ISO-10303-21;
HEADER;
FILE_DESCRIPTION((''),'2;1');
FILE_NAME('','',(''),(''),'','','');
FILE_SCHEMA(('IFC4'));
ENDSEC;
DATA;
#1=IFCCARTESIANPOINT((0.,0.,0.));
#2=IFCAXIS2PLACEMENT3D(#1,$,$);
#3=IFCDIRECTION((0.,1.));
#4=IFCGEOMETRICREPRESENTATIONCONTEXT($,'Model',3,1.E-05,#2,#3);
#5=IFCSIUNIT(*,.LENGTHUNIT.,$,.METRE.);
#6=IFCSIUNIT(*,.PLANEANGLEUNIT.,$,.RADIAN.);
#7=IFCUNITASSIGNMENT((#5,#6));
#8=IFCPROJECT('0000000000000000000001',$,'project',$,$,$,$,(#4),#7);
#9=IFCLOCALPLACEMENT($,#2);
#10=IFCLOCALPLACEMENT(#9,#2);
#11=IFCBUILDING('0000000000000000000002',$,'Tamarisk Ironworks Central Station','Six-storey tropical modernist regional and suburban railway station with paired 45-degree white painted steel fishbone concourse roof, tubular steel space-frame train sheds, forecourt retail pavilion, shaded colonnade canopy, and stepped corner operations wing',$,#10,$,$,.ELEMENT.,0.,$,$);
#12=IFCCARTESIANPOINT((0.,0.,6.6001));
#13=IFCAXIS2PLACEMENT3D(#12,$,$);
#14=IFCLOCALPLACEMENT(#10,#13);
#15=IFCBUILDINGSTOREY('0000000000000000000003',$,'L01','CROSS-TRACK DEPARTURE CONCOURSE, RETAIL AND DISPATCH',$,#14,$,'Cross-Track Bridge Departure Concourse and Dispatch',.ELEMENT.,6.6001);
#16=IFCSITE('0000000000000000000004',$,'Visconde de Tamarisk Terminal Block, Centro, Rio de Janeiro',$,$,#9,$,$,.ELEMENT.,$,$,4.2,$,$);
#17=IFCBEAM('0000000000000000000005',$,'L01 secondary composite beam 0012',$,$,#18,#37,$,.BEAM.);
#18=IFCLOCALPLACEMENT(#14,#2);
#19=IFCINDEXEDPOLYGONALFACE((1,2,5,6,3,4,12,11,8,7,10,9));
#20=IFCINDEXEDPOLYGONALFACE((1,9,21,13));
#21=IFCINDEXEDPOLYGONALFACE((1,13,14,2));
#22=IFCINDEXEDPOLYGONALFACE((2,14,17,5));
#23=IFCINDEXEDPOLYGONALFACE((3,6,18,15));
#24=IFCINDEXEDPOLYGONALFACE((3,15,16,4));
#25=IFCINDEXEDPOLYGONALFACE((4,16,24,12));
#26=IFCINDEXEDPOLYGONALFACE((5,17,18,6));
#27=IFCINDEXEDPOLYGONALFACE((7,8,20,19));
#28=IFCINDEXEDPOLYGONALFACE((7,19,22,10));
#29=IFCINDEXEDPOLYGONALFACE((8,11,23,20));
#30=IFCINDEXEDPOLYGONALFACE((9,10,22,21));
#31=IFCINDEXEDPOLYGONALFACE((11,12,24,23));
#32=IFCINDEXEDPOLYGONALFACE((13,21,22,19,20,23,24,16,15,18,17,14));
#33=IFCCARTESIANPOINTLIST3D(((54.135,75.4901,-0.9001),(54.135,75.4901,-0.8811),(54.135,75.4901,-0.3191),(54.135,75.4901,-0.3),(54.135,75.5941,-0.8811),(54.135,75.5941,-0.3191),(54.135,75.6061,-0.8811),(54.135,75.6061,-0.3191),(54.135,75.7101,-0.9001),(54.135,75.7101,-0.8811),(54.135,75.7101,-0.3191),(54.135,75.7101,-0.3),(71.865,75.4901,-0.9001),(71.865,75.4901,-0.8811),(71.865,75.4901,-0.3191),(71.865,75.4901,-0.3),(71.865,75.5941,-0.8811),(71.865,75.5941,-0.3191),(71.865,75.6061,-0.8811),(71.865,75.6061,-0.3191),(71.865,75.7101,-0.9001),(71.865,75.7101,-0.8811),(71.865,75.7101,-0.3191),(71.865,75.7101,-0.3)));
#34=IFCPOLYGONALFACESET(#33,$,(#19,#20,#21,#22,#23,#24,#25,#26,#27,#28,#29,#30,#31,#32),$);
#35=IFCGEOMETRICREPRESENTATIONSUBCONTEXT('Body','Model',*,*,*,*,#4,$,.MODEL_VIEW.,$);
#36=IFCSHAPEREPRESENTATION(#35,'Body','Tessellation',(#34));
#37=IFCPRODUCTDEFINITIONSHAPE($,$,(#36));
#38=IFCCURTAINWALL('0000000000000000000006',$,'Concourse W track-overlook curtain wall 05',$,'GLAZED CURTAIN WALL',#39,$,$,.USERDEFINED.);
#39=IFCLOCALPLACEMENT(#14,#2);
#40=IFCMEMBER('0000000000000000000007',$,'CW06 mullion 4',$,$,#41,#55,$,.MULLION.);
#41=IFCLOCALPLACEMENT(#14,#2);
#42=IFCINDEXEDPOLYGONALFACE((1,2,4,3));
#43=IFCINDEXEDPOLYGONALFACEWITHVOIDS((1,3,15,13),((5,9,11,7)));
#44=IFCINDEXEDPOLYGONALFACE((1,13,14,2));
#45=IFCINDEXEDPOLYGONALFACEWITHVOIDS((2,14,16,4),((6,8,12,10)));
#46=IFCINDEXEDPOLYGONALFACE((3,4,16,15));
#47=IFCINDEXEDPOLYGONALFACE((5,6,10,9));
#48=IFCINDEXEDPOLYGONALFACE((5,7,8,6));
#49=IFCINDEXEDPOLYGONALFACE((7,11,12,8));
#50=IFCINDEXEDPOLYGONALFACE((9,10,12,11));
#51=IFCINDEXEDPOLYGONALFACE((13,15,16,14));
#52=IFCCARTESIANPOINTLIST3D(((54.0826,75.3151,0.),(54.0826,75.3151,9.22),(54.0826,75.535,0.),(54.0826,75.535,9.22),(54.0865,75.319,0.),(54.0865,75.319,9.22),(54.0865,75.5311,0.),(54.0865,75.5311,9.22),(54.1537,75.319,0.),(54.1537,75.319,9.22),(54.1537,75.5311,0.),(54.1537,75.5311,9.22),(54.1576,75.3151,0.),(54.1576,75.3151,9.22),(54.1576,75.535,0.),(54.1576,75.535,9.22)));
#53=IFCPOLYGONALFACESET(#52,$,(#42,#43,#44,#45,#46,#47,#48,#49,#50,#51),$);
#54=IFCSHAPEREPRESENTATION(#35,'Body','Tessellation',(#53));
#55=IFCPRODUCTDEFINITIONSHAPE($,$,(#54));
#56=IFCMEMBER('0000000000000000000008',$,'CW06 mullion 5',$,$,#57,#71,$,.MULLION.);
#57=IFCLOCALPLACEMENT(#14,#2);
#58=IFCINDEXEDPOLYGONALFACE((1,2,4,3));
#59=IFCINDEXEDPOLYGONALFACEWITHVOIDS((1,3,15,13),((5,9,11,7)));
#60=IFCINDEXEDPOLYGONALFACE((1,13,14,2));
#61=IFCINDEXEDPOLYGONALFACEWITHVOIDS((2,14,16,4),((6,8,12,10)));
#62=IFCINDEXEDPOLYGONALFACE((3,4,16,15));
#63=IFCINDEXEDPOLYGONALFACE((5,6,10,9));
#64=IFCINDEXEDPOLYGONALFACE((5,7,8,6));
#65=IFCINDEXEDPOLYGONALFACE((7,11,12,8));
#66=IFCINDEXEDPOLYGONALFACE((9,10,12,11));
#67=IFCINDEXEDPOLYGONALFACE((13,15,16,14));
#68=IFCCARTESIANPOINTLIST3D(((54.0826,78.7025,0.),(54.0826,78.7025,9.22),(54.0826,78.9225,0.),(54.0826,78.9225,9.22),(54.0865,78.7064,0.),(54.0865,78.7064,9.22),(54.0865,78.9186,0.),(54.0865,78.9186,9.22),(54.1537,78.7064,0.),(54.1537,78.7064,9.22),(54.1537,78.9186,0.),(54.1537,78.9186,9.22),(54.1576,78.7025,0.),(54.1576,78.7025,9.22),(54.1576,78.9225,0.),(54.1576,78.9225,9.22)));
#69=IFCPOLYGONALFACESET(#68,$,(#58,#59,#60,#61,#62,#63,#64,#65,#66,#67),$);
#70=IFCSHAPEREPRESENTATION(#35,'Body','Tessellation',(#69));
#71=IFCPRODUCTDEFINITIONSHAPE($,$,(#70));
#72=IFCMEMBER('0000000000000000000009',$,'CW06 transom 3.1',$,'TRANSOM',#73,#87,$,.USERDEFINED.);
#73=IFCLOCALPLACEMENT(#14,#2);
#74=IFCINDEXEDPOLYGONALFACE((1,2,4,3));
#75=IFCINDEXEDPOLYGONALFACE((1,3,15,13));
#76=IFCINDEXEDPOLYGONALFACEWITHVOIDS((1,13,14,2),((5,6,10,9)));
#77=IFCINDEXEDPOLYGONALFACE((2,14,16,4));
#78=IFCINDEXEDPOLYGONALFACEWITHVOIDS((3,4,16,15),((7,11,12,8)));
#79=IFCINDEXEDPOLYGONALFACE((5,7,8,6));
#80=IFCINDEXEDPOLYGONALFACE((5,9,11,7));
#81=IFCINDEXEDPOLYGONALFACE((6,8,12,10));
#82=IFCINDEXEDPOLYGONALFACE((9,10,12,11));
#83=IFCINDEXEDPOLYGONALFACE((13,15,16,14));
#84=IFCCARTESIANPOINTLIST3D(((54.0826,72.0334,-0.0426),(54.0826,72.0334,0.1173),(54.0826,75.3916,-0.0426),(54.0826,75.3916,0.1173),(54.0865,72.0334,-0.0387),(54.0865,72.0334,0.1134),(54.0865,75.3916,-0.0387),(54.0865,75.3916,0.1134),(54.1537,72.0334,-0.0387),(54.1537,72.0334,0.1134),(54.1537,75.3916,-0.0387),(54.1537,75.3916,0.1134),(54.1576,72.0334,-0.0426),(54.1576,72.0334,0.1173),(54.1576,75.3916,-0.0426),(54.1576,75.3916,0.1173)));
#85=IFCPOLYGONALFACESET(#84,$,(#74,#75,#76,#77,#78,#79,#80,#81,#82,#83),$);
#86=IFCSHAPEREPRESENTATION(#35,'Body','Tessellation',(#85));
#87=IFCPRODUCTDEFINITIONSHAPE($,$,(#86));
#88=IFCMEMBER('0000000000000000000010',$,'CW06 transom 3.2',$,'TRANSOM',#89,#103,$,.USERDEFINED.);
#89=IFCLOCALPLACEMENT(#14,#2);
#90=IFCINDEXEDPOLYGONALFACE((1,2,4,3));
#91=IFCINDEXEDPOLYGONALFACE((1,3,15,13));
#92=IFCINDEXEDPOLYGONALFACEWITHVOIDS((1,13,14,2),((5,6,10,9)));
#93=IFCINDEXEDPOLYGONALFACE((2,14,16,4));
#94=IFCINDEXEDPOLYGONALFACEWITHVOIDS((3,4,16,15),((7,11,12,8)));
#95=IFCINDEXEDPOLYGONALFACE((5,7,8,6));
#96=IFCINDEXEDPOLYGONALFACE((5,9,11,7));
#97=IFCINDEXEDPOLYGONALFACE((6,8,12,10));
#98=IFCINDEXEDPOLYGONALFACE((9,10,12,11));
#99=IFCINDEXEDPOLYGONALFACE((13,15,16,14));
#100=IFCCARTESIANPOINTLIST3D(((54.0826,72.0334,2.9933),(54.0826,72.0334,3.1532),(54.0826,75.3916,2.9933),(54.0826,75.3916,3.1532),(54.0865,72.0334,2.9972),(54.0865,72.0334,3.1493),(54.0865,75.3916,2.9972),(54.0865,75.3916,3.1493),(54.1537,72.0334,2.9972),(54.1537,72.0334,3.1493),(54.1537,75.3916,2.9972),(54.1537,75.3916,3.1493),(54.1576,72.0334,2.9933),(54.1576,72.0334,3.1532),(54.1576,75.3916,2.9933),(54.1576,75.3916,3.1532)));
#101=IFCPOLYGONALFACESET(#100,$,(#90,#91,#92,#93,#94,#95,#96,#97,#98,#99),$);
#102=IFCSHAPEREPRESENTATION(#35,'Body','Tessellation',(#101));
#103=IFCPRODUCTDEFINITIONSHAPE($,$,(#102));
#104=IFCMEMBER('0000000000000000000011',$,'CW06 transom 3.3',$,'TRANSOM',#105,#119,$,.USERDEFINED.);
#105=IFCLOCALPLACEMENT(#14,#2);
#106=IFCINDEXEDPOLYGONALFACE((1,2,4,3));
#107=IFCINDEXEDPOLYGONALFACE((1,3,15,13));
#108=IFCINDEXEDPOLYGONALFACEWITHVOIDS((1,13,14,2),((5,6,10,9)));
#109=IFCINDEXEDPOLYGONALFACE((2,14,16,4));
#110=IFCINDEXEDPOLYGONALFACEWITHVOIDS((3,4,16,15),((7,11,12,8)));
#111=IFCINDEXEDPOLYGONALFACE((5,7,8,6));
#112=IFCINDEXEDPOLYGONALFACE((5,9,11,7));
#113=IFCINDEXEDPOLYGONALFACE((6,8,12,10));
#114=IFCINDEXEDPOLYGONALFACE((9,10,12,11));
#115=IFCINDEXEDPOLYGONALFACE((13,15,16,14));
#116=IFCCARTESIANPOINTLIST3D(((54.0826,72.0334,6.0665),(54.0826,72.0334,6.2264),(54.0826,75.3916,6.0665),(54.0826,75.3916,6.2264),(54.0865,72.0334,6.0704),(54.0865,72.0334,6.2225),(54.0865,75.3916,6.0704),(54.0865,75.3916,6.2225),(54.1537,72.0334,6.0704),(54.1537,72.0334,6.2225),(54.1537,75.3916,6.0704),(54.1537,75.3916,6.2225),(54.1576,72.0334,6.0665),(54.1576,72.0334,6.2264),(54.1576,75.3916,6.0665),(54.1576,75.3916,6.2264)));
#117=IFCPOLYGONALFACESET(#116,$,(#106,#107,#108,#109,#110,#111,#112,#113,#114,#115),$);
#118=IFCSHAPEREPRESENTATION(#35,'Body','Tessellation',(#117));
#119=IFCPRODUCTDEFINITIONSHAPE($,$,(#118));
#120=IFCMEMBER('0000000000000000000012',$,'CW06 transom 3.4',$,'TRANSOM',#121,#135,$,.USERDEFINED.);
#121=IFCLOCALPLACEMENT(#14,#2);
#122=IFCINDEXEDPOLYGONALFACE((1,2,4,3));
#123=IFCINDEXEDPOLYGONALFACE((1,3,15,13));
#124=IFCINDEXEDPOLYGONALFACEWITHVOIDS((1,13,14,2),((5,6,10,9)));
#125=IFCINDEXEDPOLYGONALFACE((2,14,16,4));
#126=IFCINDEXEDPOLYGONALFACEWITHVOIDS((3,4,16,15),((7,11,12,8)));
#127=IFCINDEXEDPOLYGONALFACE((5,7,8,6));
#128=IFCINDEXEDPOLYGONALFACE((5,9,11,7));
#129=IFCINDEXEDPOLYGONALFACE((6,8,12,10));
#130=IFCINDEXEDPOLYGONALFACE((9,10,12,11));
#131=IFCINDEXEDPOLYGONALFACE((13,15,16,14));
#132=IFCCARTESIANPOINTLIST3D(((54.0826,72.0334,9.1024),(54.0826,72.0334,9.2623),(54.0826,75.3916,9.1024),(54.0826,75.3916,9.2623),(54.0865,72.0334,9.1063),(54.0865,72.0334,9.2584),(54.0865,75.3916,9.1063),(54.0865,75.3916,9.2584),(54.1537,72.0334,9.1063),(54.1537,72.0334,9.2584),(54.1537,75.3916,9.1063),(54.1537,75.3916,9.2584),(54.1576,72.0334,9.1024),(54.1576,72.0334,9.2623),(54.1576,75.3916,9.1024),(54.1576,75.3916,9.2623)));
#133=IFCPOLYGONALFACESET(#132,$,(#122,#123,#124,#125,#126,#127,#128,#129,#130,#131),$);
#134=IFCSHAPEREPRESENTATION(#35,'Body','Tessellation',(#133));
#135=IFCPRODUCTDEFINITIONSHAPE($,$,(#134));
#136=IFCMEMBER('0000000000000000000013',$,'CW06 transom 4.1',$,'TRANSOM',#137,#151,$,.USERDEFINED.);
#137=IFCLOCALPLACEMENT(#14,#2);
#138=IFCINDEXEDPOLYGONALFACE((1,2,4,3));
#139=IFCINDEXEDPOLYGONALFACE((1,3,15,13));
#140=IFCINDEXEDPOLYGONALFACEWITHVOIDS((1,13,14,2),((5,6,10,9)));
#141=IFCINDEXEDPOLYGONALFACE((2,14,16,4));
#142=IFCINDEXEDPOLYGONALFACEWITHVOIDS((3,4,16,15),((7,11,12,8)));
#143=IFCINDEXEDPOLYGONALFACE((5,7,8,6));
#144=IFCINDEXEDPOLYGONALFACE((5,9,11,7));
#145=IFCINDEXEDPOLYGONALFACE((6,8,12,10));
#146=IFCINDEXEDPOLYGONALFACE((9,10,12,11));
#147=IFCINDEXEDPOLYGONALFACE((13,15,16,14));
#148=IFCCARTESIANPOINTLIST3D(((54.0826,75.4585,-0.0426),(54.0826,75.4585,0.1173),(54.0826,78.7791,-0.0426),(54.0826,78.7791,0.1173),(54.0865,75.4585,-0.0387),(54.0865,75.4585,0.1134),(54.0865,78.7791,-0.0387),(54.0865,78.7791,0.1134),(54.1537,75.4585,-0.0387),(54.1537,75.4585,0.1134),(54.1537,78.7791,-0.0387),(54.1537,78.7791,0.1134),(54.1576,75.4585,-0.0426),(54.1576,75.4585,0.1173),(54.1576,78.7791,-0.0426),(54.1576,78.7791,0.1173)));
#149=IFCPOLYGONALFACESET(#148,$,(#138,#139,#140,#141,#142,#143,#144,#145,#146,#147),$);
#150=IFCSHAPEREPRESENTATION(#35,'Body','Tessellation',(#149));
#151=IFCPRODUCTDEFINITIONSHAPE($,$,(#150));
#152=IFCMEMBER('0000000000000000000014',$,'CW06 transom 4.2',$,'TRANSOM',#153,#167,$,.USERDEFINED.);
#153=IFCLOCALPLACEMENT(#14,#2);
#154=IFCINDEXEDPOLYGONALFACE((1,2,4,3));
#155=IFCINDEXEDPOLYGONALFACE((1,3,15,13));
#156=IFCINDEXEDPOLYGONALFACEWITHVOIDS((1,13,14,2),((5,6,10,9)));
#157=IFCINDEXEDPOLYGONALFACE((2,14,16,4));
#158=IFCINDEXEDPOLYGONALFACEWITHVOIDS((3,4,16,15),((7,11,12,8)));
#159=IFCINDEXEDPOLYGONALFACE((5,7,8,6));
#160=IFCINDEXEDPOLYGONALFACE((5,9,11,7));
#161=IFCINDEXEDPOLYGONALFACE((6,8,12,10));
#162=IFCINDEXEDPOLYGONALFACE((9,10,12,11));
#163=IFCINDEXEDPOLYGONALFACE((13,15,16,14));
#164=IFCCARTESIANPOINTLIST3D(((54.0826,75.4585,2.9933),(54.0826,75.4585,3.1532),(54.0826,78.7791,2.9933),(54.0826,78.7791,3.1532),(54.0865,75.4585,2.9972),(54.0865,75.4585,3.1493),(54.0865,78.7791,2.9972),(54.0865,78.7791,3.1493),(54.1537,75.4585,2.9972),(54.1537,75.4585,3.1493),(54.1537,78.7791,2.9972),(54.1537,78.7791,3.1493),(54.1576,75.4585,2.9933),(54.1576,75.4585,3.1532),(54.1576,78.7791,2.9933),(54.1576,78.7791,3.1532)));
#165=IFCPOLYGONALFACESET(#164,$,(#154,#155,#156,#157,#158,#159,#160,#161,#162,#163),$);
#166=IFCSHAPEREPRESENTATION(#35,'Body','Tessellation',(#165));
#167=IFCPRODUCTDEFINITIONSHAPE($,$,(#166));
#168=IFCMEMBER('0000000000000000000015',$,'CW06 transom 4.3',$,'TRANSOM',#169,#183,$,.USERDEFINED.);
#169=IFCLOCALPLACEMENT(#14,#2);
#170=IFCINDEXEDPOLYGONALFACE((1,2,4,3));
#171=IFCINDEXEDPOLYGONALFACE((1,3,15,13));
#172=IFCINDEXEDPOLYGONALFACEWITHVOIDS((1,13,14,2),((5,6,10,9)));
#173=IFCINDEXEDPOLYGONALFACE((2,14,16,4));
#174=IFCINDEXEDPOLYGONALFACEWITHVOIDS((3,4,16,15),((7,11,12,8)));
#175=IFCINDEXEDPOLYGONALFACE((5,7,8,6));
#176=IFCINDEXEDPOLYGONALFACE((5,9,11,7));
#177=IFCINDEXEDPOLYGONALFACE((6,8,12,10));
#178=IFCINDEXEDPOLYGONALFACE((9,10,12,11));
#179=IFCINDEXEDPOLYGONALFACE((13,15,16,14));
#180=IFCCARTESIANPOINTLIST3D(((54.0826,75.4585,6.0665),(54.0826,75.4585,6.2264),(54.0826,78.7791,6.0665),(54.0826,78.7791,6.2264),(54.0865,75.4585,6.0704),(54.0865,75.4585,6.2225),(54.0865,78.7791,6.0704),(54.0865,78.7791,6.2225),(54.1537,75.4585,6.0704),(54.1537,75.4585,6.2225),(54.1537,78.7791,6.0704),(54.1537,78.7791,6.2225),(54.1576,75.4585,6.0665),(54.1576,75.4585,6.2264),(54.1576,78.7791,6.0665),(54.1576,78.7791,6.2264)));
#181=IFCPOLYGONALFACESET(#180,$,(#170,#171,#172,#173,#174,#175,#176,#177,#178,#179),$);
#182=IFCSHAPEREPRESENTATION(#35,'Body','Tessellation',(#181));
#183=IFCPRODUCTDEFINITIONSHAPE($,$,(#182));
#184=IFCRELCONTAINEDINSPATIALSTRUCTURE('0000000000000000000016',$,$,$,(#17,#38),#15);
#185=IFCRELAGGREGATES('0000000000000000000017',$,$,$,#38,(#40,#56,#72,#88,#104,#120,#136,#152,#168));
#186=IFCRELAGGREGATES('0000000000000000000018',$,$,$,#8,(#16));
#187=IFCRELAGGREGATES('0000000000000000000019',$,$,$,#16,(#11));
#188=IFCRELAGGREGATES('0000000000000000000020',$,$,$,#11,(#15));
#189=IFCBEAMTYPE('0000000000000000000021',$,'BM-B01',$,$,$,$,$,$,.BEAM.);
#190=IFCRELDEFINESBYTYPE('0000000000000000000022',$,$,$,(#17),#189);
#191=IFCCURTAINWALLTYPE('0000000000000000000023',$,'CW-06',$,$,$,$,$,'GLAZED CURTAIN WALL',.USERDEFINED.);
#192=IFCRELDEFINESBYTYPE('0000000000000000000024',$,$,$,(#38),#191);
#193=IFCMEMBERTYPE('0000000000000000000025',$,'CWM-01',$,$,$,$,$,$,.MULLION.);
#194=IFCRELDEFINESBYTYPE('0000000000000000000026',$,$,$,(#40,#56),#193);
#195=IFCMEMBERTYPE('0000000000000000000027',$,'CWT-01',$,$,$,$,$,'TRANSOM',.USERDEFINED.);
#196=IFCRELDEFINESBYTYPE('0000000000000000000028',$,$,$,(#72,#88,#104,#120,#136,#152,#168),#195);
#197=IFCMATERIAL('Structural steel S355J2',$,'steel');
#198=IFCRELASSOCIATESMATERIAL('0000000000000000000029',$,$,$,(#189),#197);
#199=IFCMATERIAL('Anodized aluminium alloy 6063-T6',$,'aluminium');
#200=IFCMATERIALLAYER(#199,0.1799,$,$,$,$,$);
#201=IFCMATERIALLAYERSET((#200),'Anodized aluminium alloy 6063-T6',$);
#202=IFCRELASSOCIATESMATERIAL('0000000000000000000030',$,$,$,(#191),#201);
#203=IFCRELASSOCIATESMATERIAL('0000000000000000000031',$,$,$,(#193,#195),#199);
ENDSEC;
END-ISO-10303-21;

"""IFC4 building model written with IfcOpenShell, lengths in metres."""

from ifc_helpers import new_model, si_unit, direction, frame, origin, origin_2d, place, context, subcontext, project, spatial, hollow_rectangle, i_section, extrude, material, layer, layer_set, material_profile, profile_set, type_object, element, aggregate, save


model = new_model("IFC4")

# Units and contexts
model_context = context("Model", 3, precision=1e-05, world=origin(), true_north=direction((0.0, 1.0)))
body_context = subcontext(model_context, "Body", "Model", "MODEL_VIEW")
ifc_project = project(units=[si_unit("LENGTHUNIT", "METRE"), si_unit("PLANEANGLEUNIT", "RADIAN")], contexts=[model_context])

# Site, building, storey
site_placement = place(None, origin())
site = spatial("IfcSite", under=ifc_project, at=site_placement, Name="Visconde de Tamarisk Terminal Block, Centro, Rio de Janeiro", CompositionType="ELEMENT", RefElevation=4.2)
building_placement = place(site_placement, origin())
building = spatial("IfcBuilding", under=site, at=building_placement, Name="Tamarisk Ironworks Central Station", Description="Six-storey tropical modernist regional and suburban railway station with paired 45-degree white painted steel fishbone concourse roof, tubular steel space-frame train sheds, forecourt retail pavilion, shaded colonnade canopy, and stepped corner operations wing", CompositionType="ELEMENT", ElevationOfRefHeight=0.0)
storey_placement = place(building_placement, frame((0.0, 0.0, 6.6001)))
storey = spatial("IfcBuildingStorey", under=building, at=storey_placement, Name="L01", Description="CROSS-TRACK DEPARTURE CONCOURSE, RETAIL AND DISPATCH", LongName="Cross-Track Bridge Departure Concourse and Dispatch", CompositionType="ELEMENT", Elevation=6.6001)

# Beam
ifc_material_1 = material(Name="Structural steel S355J2", Category="steel")
ifc_material_profile_1 = material_profile(ifc_material_1, i_section(OverallWidth=0.22, OverallDepth=0.6001, WebThickness=0.012, FlangeThickness=0.019, at=origin_2d()), Name="IPE 600")
ifc_profile_set_1 = profile_set([ifc_material_profile_1], Name="Structural steel S355J2")
beam_type = type_object("IfcBeamType", Name="BM-B01", PredefinedType="BEAM", material=ifc_profile_set_1)
beam_placement = place(storey_placement, frame((54.135, 75.6001, -0.6001), z_axis=(1.0, 0.0, 0.0), x_axis=(0.0, 1.0, 0.0)))
element("IfcBeam", 1, at=beam_placement, inside=storey, type_object=beam_type, Name="L01 secondary composite beam 0012", PredefinedType="BEAM", context=body_context, shape_type="SweptSolid", body=[
    extrude(i_section(OverallWidth=0.22, OverallDepth=0.6001, WebThickness=0.012, FlangeThickness=0.019, at=origin_2d()), origin(), (0.0, 0.0, 1.0), 17.73),
])

# Curtain wall, members
ifc_material_2 = material(Name="Anodized aluminium alloy 6063-T6", Category="aluminium")
ifc_layer_1 = layer(ifc_material_2, 0.1799)
ifc_layer_set_1 = layer_set([ifc_layer_1], Name="Anodized aluminium alloy 6063-T6")
curtain_wall_type = type_object("IfcCurtainWallType", Name="CW-06", ElementType="GLAZED CURTAIN WALL", PredefinedType="USERDEFINED", material=ifc_layer_set_1)
curtain_wall_placement = place(storey_placement, origin())
curtain_wall = element("IfcCurtainWall", 2, at=curtain_wall_placement, inside=storey, type_object=curtain_wall_type, Name="Concourse W track-overlook curtain wall 05", ObjectType="GLAZED CURTAIN WALL", PredefinedType="USERDEFINED")
ifc_material_profile_2 = material_profile(ifc_material_2, hollow_rectangle(XDim=0.075, YDim=0.22, WallThickness=0.0039, at=origin_2d()), Name="ALUM 220x75")
ifc_profile_set_2 = profile_set([ifc_material_profile_2], Name="Anodized aluminium alloy 6063-T6")
member_type_1 = type_object("IfcMemberType", Name="CWM-01", PredefinedType="MULLION", material=ifc_profile_set_2)
member_1_placement = place(storey_placement, frame((54.1201, 75.425, 0.0), z_axis=(0.0, 0.0, 1.0), x_axis=(-1.0, 0.0, 0.0)))
member_1 = element("IfcMember", 3, at=member_1_placement, type_object=member_type_1, Name="CW06 mullion 4", PredefinedType="MULLION", context=body_context, shape_type="SweptSolid", body=[
    extrude(hollow_rectangle(XDim=0.075, YDim=0.22, WallThickness=0.0039, at=origin_2d()), origin(), (0.0, 0.0, 1.0), 9.22),
])
member_2_placement = place(storey_placement, frame((54.1201, 78.8125, 0.0), z_axis=(0.0, 0.0, 1.0), x_axis=(-1.0, 0.0, 0.0)))
member_2 = element("IfcMember", 4, at=member_2_placement, type_object=member_type_1, Name="CW06 mullion 5", PredefinedType="MULLION", context=body_context, shape_type="SweptSolid", body=[
    extrude(hollow_rectangle(XDim=0.075, YDim=0.22, WallThickness=0.0039, at=origin_2d()), origin(), (0.0, 0.0, 1.0), 9.22),
])
ifc_material_profile_3 = material_profile(ifc_material_2, hollow_rectangle(XDim=0.075, YDim=0.1599, WallThickness=0.0039, at=origin_2d()), Name="ALUM 160x75")
ifc_profile_set_3 = profile_set([ifc_material_profile_3], Name="Anodized aluminium alloy 6063-T6")
member_type_2 = type_object("IfcMemberType", Name="CWT-01", ElementType="TRANSOM", PredefinedType="USERDEFINED", material=ifc_profile_set_3)
member_3_placement = place(storey_placement, frame((54.1201, 72.0334, 0.0374), z_axis=(0.0, 1.0, 0.0), x_axis=(-1.0, 0.0, 0.0)))
member_3 = element("IfcMember", 5, at=member_3_placement, type_object=member_type_2, Name="CW06 transom 3.1", ObjectType="TRANSOM", PredefinedType="USERDEFINED", context=body_context, shape_type="SweptSolid", body=[
    extrude(hollow_rectangle(XDim=0.075, YDim=0.1599, WallThickness=0.0039, at=origin_2d()), origin(), (0.0, 0.0, 1.0), 3.3582),
])
member_4_placement = place(storey_placement, frame((54.1201, 72.0334, 3.0732), z_axis=(0.0, 1.0, 0.0), x_axis=(-1.0, 0.0, 0.0)))
member_4 = element("IfcMember", 6, at=member_4_placement, type_object=member_type_2, Name="CW06 transom 3.2", ObjectType="TRANSOM", PredefinedType="USERDEFINED", context=body_context, shape_type="SweptSolid", body=[
    extrude(hollow_rectangle(XDim=0.075, YDim=0.1599, WallThickness=0.0039, at=origin_2d()), origin(), (0.0, 0.0, 1.0), 3.3582),
])
member_5_placement = place(storey_placement, frame((54.1201, 72.0334, 6.1465), z_axis=(0.0, 1.0, 0.0), x_axis=(-1.0, 0.0, 0.0)))
member_5 = element("IfcMember", 7, at=member_5_placement, type_object=member_type_2, Name="CW06 transom 3.3", ObjectType="TRANSOM", PredefinedType="USERDEFINED", context=body_context, shape_type="SweptSolid", body=[
    extrude(hollow_rectangle(XDim=0.075, YDim=0.1599, WallThickness=0.0039, at=origin_2d()), origin(), (0.0, 0.0, 1.0), 3.3582),
])
member_6_placement = place(storey_placement, frame((54.1201, 72.0334, 9.1824), z_axis=(0.0, 1.0, 0.0), x_axis=(-1.0, 0.0, 0.0)))
member_6 = element("IfcMember", 8, at=member_6_placement, type_object=member_type_2, Name="CW06 transom 3.4", ObjectType="TRANSOM", PredefinedType="USERDEFINED", context=body_context, shape_type="SweptSolid", body=[
    extrude(hollow_rectangle(XDim=0.075, YDim=0.1599, WallThickness=0.0039, at=origin_2d()), origin(), (0.0, 0.0, 1.0), 3.3582),
])
member_7_placement = place(storey_placement, frame((54.1201, 75.4585, 0.0374), z_axis=(0.0, 1.0, 0.0), x_axis=(-1.0, 0.0, 0.0)))
member_7 = element("IfcMember", 9, at=member_7_placement, type_object=member_type_2, Name="CW06 transom 4.1", ObjectType="TRANSOM", PredefinedType="USERDEFINED", context=body_context, shape_type="SweptSolid", body=[
    extrude(hollow_rectangle(XDim=0.075, YDim=0.1599, WallThickness=0.0039, at=origin_2d()), origin(), (0.0, 0.0, 1.0), 3.3206),
])
member_8_placement = place(storey_placement, frame((54.1201, 75.4585, 3.0732), z_axis=(0.0, 1.0, 0.0), x_axis=(-1.0, 0.0, 0.0)))
member_8 = element("IfcMember", 10, at=member_8_placement, type_object=member_type_2, Name="CW06 transom 4.2", ObjectType="TRANSOM", PredefinedType="USERDEFINED", context=body_context, shape_type="SweptSolid", body=[
    extrude(hollow_rectangle(XDim=0.075, YDim=0.1599, WallThickness=0.0039, at=origin_2d()), origin(), (0.0, 0.0, 1.0), 3.3206),
])
member_9_placement = place(storey_placement, frame((54.1201, 75.4585, 6.1465), z_axis=(0.0, 1.0, 0.0), x_axis=(-1.0, 0.0, 0.0)))
member_9 = element("IfcMember", 11, at=member_9_placement, type_object=member_type_2, Name="CW06 transom 4.3", ObjectType="TRANSOM", PredefinedType="USERDEFINED", context=body_context, shape_type="SweptSolid", body=[
    extrude(hollow_rectangle(XDim=0.075, YDim=0.1599, WallThickness=0.0039, at=origin_2d()), origin(), (0.0, 0.0, 1.0), 3.3206),
])

aggregate(curtain_wall, [member_1, member_2, member_3, member_4, member_5, member_6, member_7, member_8, member_9])

save(model, "model.ifc")
